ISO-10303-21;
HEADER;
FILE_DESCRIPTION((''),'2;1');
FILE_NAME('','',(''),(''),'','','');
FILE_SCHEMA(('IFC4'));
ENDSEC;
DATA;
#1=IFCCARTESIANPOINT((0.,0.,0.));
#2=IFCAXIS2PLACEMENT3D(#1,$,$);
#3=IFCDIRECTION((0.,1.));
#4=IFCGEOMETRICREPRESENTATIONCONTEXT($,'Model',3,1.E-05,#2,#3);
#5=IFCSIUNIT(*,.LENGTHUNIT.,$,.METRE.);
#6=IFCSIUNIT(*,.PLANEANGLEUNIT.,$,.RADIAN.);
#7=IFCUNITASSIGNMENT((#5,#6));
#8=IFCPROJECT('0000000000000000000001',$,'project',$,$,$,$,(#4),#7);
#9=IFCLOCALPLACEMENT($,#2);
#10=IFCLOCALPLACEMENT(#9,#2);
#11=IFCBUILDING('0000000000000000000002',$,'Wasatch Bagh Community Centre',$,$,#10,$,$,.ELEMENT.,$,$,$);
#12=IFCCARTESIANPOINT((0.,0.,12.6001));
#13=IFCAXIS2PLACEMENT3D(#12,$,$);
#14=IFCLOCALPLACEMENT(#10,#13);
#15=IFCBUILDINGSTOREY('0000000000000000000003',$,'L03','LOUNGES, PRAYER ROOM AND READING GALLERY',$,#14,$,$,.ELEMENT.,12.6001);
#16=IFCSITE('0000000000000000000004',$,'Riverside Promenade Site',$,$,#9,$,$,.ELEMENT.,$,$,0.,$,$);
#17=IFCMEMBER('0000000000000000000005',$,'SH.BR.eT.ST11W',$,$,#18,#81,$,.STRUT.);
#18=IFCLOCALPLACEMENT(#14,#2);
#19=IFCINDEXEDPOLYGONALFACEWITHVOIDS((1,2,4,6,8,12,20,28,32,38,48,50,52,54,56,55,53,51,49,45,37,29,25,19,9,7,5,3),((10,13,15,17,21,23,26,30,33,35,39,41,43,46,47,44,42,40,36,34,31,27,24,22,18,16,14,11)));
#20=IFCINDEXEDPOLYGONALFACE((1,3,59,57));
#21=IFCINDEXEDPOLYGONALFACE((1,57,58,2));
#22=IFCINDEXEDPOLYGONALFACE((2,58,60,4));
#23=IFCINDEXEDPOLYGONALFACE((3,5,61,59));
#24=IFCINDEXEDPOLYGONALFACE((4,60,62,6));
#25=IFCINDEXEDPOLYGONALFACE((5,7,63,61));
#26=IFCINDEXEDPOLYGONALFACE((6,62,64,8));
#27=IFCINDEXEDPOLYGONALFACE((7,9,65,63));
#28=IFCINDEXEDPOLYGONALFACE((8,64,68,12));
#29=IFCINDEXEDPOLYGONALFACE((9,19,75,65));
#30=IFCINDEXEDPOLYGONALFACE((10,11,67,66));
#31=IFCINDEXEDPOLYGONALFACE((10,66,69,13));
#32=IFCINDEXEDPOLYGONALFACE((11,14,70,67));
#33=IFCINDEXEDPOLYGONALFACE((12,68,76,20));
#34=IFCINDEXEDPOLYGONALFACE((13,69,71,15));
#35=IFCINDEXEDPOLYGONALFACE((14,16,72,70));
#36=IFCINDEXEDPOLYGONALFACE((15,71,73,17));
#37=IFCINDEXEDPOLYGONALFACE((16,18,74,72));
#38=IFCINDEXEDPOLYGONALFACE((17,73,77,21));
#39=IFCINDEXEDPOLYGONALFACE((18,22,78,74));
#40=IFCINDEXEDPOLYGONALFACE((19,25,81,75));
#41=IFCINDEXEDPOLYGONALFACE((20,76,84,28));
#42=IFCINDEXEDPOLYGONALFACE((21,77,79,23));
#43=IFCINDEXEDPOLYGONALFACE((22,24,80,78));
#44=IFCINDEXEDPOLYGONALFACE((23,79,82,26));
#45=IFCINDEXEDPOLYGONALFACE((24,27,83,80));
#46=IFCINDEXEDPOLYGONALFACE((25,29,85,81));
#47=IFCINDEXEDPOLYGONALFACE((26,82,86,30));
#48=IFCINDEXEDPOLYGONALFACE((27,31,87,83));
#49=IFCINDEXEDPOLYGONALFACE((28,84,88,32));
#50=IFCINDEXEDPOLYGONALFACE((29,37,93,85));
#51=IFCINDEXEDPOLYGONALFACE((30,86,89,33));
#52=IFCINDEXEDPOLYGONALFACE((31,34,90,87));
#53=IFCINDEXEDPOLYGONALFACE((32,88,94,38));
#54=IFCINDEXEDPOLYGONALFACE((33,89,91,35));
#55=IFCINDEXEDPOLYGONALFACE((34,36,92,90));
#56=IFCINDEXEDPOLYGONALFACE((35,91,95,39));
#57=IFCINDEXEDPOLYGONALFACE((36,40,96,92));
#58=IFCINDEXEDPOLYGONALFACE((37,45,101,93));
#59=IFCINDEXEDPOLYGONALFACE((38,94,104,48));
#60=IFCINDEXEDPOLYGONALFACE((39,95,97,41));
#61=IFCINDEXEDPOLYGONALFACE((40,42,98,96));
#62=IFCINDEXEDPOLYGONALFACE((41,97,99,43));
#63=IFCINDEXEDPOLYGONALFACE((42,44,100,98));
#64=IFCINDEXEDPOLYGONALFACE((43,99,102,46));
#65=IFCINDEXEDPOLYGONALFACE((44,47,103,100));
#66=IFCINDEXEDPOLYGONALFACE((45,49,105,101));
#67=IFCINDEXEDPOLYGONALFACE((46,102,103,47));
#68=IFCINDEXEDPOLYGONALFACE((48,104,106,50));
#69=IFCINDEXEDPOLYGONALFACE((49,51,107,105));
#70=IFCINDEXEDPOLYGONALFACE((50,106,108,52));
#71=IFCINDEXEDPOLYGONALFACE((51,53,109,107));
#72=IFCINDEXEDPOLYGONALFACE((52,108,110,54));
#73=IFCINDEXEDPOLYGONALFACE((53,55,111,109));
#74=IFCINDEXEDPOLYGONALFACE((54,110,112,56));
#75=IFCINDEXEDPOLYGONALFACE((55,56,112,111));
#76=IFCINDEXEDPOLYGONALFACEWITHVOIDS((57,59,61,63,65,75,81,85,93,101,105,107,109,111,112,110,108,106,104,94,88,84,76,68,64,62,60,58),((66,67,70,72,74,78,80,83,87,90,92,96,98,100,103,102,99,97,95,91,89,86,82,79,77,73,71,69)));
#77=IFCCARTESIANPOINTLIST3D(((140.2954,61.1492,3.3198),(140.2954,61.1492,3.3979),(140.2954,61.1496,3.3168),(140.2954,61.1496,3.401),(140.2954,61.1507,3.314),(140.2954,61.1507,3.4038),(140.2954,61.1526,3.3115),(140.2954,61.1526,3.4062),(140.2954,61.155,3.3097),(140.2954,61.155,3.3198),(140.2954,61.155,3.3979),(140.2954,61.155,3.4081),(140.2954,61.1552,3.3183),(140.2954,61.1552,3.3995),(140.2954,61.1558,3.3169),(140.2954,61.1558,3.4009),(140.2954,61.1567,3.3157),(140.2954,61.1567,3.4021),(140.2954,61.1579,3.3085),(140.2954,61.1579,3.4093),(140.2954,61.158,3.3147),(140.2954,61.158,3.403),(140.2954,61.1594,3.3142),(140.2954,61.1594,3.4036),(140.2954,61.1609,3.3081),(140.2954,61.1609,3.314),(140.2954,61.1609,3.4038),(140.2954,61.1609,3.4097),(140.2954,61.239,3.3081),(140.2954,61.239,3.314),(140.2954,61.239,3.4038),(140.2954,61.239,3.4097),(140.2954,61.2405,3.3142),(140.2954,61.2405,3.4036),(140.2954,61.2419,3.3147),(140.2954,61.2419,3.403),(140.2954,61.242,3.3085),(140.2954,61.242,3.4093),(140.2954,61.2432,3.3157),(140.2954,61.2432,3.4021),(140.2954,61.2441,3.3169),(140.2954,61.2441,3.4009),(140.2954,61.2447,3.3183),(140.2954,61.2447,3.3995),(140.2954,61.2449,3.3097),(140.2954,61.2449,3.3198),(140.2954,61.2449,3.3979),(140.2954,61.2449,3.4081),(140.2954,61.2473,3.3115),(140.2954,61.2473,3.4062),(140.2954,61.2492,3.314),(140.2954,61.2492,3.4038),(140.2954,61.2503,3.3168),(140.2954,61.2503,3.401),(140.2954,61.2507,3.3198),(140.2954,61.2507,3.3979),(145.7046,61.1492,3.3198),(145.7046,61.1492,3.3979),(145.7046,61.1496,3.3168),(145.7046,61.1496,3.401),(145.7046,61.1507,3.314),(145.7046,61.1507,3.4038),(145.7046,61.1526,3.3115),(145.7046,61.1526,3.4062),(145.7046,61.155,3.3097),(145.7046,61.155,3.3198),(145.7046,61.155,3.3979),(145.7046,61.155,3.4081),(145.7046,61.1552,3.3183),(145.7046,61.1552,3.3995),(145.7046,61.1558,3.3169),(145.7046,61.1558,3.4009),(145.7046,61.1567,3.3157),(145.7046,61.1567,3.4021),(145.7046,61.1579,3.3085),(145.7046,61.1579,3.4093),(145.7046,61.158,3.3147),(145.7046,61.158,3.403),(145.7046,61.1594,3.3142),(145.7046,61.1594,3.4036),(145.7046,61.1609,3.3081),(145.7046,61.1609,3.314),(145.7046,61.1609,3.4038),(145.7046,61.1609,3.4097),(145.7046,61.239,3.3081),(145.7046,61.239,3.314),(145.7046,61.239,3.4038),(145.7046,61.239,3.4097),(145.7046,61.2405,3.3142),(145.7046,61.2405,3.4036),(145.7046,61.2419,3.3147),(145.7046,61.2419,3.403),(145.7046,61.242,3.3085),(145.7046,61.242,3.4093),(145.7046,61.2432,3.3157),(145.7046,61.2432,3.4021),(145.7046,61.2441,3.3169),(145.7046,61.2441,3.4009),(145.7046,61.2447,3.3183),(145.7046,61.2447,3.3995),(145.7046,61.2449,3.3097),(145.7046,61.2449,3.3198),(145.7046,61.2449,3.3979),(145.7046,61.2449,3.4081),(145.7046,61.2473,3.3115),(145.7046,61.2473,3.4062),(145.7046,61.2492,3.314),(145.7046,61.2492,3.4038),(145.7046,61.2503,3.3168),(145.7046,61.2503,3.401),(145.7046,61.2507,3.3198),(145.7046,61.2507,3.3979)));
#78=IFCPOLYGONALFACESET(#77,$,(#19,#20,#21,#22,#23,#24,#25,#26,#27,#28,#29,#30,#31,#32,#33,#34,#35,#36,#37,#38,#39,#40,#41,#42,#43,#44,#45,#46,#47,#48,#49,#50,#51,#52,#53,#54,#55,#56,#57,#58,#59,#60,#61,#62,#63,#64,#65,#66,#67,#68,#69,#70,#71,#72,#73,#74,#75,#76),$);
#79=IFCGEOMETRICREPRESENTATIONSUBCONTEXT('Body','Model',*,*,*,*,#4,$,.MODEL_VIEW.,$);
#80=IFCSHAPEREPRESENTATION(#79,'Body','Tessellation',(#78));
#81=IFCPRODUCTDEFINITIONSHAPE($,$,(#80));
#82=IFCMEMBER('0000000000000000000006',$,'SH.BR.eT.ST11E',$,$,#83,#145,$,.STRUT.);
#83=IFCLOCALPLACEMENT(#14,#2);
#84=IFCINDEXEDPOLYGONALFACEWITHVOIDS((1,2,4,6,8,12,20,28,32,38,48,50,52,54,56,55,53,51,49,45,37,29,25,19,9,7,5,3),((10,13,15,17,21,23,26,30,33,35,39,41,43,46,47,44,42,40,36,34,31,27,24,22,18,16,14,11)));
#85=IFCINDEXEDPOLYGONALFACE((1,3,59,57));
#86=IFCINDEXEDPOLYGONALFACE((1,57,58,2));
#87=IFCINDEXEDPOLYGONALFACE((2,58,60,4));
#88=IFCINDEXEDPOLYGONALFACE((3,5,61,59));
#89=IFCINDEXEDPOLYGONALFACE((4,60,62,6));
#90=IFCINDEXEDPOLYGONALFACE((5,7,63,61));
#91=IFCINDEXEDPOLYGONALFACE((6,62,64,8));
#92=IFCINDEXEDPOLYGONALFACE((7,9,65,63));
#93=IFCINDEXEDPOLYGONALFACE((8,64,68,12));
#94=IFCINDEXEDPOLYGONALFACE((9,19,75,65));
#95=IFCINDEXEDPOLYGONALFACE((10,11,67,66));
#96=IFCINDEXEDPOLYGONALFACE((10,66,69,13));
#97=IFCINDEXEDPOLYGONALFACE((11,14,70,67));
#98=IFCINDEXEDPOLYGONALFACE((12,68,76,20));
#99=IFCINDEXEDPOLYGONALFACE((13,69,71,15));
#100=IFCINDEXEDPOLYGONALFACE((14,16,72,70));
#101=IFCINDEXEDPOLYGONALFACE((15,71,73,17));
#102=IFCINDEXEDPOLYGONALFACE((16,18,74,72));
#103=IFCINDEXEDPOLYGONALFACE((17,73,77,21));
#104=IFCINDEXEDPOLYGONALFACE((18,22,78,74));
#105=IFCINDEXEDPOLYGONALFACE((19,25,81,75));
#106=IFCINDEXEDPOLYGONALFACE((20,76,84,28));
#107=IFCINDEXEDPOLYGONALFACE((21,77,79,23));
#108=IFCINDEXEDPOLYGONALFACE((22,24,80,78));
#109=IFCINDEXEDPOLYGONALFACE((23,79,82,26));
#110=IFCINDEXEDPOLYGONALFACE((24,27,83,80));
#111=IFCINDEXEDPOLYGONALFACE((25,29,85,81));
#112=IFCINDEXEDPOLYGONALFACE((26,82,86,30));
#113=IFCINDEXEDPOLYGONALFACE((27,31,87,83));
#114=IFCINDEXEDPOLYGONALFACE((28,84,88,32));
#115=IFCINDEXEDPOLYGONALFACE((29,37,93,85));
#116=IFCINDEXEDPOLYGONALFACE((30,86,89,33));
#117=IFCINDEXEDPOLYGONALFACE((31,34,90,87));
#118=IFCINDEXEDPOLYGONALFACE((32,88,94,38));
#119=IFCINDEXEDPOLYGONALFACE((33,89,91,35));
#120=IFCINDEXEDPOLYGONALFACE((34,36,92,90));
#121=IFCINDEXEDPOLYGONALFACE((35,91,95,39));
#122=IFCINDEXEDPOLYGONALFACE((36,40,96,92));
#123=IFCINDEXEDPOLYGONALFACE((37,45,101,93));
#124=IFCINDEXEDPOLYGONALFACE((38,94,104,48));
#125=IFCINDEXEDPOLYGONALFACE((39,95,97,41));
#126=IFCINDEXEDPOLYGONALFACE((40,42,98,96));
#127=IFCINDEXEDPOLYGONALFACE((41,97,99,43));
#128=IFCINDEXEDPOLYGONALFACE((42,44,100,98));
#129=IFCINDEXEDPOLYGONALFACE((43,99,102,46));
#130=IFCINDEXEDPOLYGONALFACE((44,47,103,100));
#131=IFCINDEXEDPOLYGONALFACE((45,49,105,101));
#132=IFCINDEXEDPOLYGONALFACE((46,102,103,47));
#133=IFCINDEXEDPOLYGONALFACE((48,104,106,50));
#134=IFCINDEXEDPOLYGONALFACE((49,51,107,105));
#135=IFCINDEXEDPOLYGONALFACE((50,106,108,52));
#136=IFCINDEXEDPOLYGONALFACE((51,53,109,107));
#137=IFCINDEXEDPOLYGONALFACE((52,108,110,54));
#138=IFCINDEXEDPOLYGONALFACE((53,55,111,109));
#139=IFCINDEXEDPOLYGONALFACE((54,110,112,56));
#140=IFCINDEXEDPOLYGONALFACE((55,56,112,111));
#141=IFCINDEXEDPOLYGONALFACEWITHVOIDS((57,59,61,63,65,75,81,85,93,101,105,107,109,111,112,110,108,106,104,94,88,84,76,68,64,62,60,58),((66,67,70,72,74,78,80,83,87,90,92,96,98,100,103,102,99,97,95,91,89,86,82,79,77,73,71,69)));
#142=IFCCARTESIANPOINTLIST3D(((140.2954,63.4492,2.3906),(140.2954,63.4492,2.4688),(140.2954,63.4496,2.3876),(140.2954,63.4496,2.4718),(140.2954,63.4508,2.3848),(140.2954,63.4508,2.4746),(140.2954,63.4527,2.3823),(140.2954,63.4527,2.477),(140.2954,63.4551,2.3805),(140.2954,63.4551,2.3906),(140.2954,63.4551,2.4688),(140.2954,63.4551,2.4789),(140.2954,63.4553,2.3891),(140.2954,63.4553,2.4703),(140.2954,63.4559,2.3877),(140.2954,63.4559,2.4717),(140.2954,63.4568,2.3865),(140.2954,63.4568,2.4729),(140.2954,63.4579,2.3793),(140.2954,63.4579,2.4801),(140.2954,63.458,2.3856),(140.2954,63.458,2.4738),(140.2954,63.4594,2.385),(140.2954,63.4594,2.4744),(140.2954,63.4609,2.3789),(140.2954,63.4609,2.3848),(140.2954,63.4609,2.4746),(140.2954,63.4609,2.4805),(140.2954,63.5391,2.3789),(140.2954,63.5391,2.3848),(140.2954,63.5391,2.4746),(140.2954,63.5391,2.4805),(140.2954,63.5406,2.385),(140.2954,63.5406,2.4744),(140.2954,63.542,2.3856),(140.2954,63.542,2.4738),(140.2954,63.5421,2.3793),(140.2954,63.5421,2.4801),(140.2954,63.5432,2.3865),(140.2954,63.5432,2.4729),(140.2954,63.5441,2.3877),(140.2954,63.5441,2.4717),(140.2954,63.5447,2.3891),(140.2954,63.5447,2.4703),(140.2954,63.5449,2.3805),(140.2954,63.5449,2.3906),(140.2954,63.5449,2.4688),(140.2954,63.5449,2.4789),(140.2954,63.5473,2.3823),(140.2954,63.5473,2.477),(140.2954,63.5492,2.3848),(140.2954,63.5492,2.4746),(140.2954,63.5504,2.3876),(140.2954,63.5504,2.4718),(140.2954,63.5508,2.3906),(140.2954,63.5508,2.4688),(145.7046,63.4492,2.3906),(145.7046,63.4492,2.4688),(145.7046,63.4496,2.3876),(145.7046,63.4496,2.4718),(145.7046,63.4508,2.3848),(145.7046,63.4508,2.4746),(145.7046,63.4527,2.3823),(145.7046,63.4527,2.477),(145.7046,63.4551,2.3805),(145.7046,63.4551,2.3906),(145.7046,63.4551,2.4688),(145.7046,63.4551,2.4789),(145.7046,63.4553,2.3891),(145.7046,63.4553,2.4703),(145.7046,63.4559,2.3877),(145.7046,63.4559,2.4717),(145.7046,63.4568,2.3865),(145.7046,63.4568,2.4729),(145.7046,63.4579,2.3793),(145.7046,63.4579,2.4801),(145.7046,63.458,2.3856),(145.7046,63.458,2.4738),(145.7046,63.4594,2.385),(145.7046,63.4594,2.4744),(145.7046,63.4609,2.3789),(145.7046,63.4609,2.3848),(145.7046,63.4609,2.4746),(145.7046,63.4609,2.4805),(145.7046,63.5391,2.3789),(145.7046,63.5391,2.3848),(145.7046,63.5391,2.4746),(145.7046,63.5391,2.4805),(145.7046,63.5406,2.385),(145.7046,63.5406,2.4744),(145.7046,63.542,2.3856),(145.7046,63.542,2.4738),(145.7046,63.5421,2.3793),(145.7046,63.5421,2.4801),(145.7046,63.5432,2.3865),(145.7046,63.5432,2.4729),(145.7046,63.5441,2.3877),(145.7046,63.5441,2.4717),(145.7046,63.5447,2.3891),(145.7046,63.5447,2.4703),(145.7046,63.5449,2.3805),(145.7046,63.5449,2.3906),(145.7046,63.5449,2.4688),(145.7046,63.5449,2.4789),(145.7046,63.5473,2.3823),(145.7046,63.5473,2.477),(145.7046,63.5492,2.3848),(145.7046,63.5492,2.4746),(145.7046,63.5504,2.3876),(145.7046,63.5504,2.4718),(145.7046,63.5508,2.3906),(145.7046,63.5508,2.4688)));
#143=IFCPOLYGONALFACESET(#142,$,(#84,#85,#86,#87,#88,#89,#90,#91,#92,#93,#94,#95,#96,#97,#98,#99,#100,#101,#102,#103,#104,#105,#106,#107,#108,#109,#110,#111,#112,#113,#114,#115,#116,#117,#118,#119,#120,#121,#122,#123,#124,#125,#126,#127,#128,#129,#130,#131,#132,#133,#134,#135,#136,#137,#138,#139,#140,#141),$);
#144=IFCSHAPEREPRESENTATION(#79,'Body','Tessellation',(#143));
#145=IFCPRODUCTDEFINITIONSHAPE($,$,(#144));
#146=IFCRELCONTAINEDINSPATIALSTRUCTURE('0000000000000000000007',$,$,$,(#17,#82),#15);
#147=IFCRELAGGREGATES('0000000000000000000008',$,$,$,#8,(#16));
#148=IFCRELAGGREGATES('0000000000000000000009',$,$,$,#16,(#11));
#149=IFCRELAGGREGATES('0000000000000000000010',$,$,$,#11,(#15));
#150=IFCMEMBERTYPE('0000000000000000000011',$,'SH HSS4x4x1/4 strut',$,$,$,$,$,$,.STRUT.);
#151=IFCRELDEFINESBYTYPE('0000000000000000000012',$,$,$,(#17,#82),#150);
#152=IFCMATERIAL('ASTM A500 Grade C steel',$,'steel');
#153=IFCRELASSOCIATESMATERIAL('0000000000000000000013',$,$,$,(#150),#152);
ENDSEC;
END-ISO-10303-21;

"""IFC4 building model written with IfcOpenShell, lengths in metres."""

from ifc_helpers import new_model, si_unit, direction, frame, origin, origin_2d, place, context, subcontext, project, spatial, hollow_rectangle, extrude, material, material_profile, profile_set, type_object, element, save


model = new_model("IFC4")

# Units and contexts
model_context = context("Model", 3, precision=1e-05, world=origin(), true_north=direction((0.0, 1.0)))
body_context = subcontext(model_context, "Body", "Model", "MODEL_VIEW")
ifc_project = project(units=[si_unit("LENGTHUNIT", "METRE"), si_unit("PLANEANGLEUNIT", "RADIAN")], contexts=[model_context])

# Site, building, storey
site_placement = place(None, origin())
site = spatial("IfcSite", under=ifc_project, at=site_placement, Name="Riverside Promenade Site", CompositionType="ELEMENT", RefElevation=0.0)
building_placement = place(site_placement, origin())
building = spatial("IfcBuilding", under=site, at=building_placement, Name="Wasatch Bagh Community Centre", CompositionType="ELEMENT")
storey_placement = place(building_placement, frame((0.0, 0.0, 12.6001)))
storey = spatial("IfcBuildingStorey", under=building, at=storey_placement, Name="L03", Description="LOUNGES, PRAYER ROOM AND READING GALLERY", CompositionType="ELEMENT", Elevation=12.6001)

# Members
ifc_material_1 = material(Name="ASTM A500 Grade C steel", Category="steel")
ifc_material_profile_1 = material_profile(ifc_material_1, hollow_rectangle(XDim=0.1016, YDim=0.1016, WallThickness=0.0059, InnerFilletRadius=0.0059, OuterFilletRadius=0.0117, at=origin_2d()), Name="HSS4x4x1/4")
ifc_profile_set_1 = profile_set([ifc_material_profile_1], Name="ASTM A500 Grade C steel")
member_type_1 = type_object("IfcMemberType", Name="SH HSS4x4x1/4 strut", PredefinedType="STRUT", material=ifc_profile_set_1)
for number, where, z_axis, x_axis, name in (
    (1, (140.2954, 61.2, 3.3589), (1.0, 0.0, 0.0), (0.0, 1.0, 0.0), "SH.BR.eT.ST11W"),
    (2, (140.2954, 63.5, 2.4297), (1.0, 0.0, 0.0), (0.0, 1.0, 0.0), "SH.BR.eT.ST11E"),
):
    element("IfcMember", number, at=place(storey_placement, frame(where, z_axis=z_axis, x_axis=x_axis)), inside=storey, type_object=member_type_1, Name=name, PredefinedType="STRUT", context=body_context, shape_type="SweptSolid", body=[
        extrude(hollow_rectangle(XDim=0.1016, YDim=0.1016, WallThickness=0.0059, InnerFilletRadius=0.0059, OuterFilletRadius=0.0117, at=origin_2d()), origin(), (0.0, 0.0, 1.0), 5.4092),
    ])

save(model, "model.ifc")
